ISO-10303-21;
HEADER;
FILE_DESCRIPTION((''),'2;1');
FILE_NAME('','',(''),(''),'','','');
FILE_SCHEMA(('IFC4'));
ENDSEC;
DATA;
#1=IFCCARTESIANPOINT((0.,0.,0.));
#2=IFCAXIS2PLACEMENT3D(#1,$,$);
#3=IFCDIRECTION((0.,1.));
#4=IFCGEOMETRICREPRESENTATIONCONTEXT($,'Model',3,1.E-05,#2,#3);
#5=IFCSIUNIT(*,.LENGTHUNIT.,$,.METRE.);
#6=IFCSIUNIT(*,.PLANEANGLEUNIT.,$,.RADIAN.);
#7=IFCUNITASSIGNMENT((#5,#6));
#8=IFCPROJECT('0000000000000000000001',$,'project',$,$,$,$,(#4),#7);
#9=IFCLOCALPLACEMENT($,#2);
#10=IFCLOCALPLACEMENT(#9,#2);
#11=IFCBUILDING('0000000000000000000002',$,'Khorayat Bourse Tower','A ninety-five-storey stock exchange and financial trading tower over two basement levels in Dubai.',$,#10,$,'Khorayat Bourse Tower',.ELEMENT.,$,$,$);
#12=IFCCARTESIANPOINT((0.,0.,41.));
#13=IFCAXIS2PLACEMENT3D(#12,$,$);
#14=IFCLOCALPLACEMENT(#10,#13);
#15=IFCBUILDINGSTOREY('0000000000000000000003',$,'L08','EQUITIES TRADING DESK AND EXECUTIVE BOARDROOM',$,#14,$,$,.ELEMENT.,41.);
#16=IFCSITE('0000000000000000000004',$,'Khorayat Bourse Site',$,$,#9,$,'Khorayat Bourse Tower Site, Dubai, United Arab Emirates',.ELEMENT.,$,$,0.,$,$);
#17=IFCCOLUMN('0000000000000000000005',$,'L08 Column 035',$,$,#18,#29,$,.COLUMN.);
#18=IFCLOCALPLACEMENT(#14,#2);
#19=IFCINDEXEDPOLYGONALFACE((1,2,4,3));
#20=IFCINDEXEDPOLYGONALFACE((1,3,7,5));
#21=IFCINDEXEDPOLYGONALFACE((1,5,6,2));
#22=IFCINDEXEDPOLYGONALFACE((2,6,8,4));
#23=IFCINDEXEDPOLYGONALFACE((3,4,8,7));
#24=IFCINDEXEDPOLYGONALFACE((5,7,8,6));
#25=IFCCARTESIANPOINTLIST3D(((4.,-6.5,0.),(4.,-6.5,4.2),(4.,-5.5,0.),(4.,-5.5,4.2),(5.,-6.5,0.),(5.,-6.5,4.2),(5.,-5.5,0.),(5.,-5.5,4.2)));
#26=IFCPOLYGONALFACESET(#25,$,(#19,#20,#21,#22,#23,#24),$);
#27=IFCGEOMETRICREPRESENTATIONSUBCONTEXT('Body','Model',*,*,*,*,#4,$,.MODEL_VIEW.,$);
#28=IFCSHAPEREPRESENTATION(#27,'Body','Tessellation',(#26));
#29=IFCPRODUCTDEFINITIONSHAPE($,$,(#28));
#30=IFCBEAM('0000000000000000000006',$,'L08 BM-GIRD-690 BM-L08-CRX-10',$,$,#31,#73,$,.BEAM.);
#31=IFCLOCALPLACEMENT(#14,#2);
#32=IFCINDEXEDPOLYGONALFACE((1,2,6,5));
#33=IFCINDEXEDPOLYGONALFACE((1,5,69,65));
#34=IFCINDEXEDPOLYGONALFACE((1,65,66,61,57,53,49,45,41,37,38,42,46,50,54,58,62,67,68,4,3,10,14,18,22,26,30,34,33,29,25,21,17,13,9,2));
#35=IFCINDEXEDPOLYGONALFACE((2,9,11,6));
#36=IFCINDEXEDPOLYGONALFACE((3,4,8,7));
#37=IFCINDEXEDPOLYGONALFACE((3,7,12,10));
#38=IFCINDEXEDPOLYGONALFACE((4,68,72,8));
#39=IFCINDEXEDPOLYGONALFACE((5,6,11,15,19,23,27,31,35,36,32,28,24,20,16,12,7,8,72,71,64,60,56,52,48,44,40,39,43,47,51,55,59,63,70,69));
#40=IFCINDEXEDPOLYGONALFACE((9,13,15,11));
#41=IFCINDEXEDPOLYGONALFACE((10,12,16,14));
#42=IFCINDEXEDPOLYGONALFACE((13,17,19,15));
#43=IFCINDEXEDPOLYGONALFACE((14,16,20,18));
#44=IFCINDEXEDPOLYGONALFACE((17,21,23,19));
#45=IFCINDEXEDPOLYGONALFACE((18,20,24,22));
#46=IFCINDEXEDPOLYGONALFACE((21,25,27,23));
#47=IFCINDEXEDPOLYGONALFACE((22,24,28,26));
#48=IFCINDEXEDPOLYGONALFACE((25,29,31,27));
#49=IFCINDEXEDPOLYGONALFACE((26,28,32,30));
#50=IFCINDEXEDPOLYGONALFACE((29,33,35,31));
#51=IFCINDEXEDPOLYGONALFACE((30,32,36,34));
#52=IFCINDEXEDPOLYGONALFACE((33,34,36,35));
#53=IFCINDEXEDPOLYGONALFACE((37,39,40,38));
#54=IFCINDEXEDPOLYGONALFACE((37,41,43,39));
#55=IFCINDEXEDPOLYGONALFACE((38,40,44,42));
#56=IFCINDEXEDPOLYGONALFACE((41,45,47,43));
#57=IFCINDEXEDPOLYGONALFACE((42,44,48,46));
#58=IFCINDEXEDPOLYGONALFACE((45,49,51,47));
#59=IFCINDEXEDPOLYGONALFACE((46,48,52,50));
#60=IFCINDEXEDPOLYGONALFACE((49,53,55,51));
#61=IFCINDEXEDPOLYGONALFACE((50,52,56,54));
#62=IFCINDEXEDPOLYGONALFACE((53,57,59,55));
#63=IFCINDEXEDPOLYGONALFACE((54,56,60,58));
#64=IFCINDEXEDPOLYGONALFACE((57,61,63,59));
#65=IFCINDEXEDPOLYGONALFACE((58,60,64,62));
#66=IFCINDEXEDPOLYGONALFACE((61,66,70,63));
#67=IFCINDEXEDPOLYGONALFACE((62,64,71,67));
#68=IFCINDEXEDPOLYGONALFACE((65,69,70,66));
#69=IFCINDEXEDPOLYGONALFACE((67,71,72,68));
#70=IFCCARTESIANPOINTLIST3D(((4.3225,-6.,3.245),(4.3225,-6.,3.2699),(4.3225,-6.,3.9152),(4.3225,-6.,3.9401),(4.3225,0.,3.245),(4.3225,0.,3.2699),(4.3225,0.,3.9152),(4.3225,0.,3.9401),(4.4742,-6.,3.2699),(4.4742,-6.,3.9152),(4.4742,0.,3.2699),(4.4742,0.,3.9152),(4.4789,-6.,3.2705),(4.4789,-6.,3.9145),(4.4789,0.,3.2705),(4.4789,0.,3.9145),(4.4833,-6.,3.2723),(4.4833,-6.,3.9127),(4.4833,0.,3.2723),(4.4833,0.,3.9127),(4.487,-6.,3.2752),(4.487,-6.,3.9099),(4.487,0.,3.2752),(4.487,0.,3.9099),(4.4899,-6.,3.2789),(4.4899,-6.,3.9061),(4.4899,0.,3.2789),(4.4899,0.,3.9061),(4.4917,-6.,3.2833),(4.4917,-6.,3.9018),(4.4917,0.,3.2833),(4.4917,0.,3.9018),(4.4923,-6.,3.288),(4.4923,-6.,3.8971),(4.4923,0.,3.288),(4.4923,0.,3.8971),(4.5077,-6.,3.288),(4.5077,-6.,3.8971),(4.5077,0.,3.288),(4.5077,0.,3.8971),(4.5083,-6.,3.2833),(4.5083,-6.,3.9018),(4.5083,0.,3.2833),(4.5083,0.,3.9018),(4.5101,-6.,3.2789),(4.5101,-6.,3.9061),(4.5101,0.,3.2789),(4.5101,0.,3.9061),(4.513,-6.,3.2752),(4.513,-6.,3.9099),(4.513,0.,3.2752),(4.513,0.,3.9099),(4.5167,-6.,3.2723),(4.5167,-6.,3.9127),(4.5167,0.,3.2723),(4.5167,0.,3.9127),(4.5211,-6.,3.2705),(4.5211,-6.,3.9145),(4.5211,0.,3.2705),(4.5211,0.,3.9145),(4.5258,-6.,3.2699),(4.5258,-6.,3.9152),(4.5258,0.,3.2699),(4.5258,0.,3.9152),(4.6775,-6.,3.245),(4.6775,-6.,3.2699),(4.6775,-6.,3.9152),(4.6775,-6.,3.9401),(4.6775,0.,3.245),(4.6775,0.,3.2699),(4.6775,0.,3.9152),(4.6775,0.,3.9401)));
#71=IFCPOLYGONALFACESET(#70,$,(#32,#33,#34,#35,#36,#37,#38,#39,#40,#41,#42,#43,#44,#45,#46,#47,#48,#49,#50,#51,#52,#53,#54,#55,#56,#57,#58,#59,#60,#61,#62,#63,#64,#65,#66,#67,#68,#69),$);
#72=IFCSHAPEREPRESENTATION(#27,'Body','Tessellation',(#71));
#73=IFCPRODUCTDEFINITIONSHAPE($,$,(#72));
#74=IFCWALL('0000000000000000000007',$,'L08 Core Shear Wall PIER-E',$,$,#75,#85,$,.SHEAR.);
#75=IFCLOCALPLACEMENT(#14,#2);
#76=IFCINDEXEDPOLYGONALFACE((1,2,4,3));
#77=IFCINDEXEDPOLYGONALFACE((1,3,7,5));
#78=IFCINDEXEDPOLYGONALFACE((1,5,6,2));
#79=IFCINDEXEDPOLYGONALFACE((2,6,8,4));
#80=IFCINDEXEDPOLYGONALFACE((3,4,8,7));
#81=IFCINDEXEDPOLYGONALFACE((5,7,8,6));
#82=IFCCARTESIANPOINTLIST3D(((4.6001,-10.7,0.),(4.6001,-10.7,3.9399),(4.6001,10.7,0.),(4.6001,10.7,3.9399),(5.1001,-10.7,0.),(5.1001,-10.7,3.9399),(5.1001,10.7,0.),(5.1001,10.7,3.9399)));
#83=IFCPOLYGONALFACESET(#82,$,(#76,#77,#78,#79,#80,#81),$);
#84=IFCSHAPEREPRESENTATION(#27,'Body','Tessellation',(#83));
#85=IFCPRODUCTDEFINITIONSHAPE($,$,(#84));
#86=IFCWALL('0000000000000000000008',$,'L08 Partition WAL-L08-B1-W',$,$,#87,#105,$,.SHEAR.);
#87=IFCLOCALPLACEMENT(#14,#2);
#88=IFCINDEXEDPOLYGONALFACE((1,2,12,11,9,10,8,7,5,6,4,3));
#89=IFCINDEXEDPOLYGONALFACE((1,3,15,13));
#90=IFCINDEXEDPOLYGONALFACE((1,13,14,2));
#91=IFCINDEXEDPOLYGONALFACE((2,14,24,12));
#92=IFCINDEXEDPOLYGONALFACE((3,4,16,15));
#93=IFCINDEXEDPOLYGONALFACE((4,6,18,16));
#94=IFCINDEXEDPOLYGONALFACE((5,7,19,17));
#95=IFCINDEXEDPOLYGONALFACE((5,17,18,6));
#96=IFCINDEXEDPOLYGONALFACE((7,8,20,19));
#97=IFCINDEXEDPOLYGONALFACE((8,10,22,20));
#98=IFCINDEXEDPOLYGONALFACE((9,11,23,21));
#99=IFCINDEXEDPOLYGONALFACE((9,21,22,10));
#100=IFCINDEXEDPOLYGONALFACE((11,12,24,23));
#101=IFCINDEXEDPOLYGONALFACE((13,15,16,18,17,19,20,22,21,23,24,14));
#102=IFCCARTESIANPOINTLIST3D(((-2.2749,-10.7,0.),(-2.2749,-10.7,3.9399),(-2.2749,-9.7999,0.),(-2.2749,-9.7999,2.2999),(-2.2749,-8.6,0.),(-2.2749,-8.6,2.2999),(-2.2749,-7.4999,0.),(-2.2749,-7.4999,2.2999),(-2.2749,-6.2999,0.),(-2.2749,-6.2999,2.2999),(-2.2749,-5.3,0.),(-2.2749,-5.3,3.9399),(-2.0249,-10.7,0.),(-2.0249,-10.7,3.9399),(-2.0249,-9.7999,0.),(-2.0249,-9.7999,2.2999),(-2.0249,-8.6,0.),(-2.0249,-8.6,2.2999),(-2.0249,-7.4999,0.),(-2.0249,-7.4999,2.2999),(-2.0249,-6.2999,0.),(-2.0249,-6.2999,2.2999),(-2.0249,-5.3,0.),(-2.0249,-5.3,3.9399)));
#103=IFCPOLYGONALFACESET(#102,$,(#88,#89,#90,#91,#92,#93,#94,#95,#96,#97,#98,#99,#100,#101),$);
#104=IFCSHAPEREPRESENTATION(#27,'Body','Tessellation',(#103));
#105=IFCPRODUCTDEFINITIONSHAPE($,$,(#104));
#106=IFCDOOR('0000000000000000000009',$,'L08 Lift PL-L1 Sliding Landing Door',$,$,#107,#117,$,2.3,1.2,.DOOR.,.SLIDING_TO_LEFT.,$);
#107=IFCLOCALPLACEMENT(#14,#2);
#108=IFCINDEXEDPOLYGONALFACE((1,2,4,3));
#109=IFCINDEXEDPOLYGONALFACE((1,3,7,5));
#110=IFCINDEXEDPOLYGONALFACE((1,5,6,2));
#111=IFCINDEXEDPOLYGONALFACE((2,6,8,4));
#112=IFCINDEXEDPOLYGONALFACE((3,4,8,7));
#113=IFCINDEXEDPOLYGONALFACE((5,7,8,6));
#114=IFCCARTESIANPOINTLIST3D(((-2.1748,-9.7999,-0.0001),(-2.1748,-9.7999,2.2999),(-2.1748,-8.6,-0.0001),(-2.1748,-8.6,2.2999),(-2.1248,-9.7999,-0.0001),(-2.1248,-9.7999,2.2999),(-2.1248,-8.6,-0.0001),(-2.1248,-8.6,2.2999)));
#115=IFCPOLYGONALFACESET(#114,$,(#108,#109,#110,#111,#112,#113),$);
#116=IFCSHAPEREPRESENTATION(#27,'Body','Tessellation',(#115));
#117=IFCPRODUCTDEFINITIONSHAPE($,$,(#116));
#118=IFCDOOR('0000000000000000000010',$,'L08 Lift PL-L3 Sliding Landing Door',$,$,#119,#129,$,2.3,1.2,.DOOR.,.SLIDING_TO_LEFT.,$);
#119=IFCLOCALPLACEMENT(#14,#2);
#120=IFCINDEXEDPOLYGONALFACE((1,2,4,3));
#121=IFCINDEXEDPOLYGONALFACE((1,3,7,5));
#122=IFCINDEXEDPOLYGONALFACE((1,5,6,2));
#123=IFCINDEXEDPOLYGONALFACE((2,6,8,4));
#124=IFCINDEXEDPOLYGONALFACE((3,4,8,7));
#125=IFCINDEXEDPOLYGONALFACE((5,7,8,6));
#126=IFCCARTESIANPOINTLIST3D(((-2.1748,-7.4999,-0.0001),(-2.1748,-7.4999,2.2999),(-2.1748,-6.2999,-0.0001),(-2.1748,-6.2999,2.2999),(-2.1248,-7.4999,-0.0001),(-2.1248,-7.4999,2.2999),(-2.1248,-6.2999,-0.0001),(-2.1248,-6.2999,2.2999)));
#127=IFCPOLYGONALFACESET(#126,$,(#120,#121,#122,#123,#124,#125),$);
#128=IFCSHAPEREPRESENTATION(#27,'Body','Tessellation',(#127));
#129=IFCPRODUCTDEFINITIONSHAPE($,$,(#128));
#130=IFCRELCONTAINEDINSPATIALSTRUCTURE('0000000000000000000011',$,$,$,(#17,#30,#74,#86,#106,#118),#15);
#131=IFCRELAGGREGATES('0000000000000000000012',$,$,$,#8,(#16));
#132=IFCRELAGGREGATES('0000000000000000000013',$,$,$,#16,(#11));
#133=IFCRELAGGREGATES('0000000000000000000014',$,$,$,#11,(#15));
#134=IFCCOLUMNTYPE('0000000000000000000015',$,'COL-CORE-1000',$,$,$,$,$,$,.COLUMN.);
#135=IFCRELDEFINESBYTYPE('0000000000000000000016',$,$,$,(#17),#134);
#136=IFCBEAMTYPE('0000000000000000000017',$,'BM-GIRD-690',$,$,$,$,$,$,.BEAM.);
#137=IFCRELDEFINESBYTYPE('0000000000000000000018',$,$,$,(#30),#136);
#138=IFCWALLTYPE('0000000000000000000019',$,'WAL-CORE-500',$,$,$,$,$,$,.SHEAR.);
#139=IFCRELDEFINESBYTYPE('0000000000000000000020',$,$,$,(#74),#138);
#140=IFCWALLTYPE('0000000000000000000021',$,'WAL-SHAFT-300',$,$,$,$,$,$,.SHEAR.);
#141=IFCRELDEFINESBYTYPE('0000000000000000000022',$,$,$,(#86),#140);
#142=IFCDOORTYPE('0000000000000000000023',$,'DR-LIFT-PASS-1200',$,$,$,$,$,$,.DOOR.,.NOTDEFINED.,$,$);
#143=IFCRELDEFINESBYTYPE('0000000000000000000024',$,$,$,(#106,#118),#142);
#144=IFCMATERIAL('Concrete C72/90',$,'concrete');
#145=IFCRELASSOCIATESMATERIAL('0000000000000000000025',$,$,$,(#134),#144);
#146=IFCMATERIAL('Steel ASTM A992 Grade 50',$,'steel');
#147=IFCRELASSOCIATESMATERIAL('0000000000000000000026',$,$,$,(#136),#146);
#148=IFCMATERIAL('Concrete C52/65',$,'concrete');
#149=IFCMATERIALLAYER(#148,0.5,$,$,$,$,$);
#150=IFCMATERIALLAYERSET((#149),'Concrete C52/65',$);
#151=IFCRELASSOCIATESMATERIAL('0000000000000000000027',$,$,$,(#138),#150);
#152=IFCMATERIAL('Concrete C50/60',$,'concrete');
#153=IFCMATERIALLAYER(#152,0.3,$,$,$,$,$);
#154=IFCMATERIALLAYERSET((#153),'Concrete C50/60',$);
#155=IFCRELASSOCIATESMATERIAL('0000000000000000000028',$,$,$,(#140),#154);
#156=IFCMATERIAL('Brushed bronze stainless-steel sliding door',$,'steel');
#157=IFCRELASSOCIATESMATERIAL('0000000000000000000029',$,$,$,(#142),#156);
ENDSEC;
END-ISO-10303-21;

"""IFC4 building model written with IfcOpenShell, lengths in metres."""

from ifc_helpers import new_model, si_unit, direction, frame, frame_2d, origin, origin_2d, place, context, subcontext, project, spatial, rectangle, i_section, extrude, source, transform, mapped, material, layer, layer_set, material_profile, profile_set, type_object, element, fill, save


model = new_model("IFC4")

# Units and contexts
model_context = context("Model", 3, precision=1e-05, world=origin(), true_north=direction((0.0, 1.0)))
body_context = subcontext(model_context, "Body", "Model", "MODEL_VIEW")
ifc_project = project(units=[si_unit("LENGTHUNIT", "METRE"), si_unit("PLANEANGLEUNIT", "RADIAN")], contexts=[model_context])

# Site, building, storey
site_placement = place(None, origin())
site = spatial("IfcSite", under=ifc_project, at=site_placement, Name="Khorayat Bourse Site", LongName="Khorayat Bourse Tower Site, Dubai, United Arab Emirates", CompositionType="ELEMENT", RefElevation=0.0)
building_placement = place(site_placement, origin())
building = spatial("IfcBuilding", under=site, at=building_placement, Name="Khorayat Bourse Tower", Description="A ninety-five-storey stock exchange and financial trading tower over two basement levels in Dubai.", LongName="Khorayat Bourse Tower", CompositionType="ELEMENT")
storey_placement = place(building_placement, frame((0.0, 0.0, 41.0)))
storey = spatial("IfcBuildingStorey", under=building, at=storey_placement, Name="L08", Description="EQUITIES TRADING DESK AND EXECUTIVE BOARDROOM", CompositionType="ELEMENT", Elevation=41.0)

# Column
ifc_material_1 = material(Name="Concrete C72/90", Category="concrete")
ifc_material_profile_1 = material_profile(ifc_material_1, rectangle(XDim=1.0, YDim=1.0, at=origin_2d()), Name="RC 1000x1000")
ifc_profile_set_1 = profile_set([ifc_material_profile_1], Name="Concrete C72/90")
column_type = type_object("IfcColumnType", Name="COL-CORE-1000", PredefinedType="COLUMN", material=ifc_profile_set_1)
shared_shape_1 = source(origin(), body_context, "Body", "SweptSolid", [
    extrude(rectangle(XDim=1.0, YDim=1.0, at=origin_2d()), origin(), (0.0, 0.0, 1.0), 4.2),
])
column_placement = place(storey_placement, frame((4.5, -6.0, 0.0), z_axis=(0.0, 0.0, 1.0), x_axis=(1.0, 0.0, 0.0)))
element("IfcColumn", 1, at=column_placement, inside=storey, type_object=column_type, Name="L08 Column 035", PredefinedType="COLUMN", context=body_context, shape_type="MappedRepresentation", body=[
    mapped(shared_shape_1, transform((0.0, 0.0, 0.0), scale=1.0)),
])

# Beam
ifc_material_2 = material(Name="Steel ASTM A992 Grade 50", Category="steel")
ifc_material_profile_2 = material_profile(ifc_material_2, i_section(OverallWidth=0.355, OverallDepth=0.6951, WebThickness=0.0154, FlangeThickness=0.0249, FilletRadius=0.0181, at=origin_2d()), Name="W690X217")
ifc_profile_set_2 = profile_set([ifc_material_profile_2], Name="Steel ASTM A992 Grade 50")
beam_type = type_object("IfcBeamType", Name="BM-GIRD-690", PredefinedType="BEAM", material=ifc_profile_set_2)
shared_shape_2 = source(origin(), body_context, "Body", "SweptSolid", [
    extrude(i_section(OverallWidth=0.355, OverallDepth=0.6951, WebThickness=0.0154, FlangeThickness=0.0249, FilletRadius=0.0181, at=origin_2d()), origin(), (0.0, 0.0, 1.0), 6.0),
])
beam_placement = place(storey_placement, frame((4.5, -6.0, 3.5925), z_axis=(0.0, 1.0, 0.0), x_axis=(-1.0, 0.0, 0.0)))
element("IfcBeam", 2, at=beam_placement, inside=storey, type_object=beam_type, Name="L08 BM-GIRD-690 BM-L08-CRX-10", PredefinedType="BEAM", context=body_context, shape_type="MappedRepresentation", body=[
    mapped(shared_shape_2, transform((0.0, 0.0, 0.0), scale=1.0)),
])

# Wall
ifc_material_3 = material(Name="Concrete C52/65", Category="concrete")
ifc_layer_1 = layer(ifc_material_3, 0.5)
ifc_layer_set_1 = layer_set([ifc_layer_1], Name="Concrete C52/65")
wall_type_1 = type_object("IfcWallType", Name="WAL-CORE-500", PredefinedType="SHEAR", material=ifc_layer_set_1)
shared_shape_3 = source(origin(), body_context, "Body", "SweptSolid", [
    extrude(rectangle(XDim=21.3999, YDim=0.5, at=frame_2d((10.7, 0.0))), origin(), (0.0, 0.0, 1.0), 3.9399),
])
wall_1_placement = place(storey_placement, frame((4.8501, -10.7, 0.0), z_axis=(0.0, 0.0, 1.0), x_axis=(0.0, 1.0, 0.0)))
element("IfcWall", 3, at=wall_1_placement, inside=storey, type_object=wall_type_1, Name="L08 Core Shear Wall PIER-E", PredefinedType="SHEAR", context=body_context, shape_type="MappedRepresentation", body=[
    mapped(shared_shape_3, transform((0.0, 0.0, 0.0), scale=1.0)),
])

# Wall, openings, doors
ifc_material_4 = material(Name="Concrete C50/60", Category="concrete")
ifc_layer_2 = layer(ifc_material_4, 0.3)
ifc_layer_set_2 = layer_set([ifc_layer_2], Name="Concrete C50/60")
wall_type_2 = type_object("IfcWallType", Name="WAL-SHAFT-300", PredefinedType="SHEAR", material=ifc_layer_set_2)
shared_shape_4 = source(origin(), body_context, "Body", "SweptSolid", [
    extrude(rectangle(XDim=5.3999, YDim=0.25, at=frame_2d((2.7, 0.0))), origin(), (0.0, 0.0, 1.0), 3.9399),
])
wall_2_placement = place(storey_placement, frame((-2.1499, -10.7, 0.0), z_axis=(0.0, 0.0, 1.0), x_axis=(0.0, 1.0, 0.0)))
wall_2 = element("IfcWall", 4, at=wall_2_placement, inside=storey, type_object=wall_type_2, Name="L08 Partition WAL-L08-B1-W", PredefinedType="SHEAR", context=body_context, shape_type="MappedRepresentation", body=[
    mapped(shared_shape_4, transform((0.0, 0.0, 0.0), scale=1.0)),
])
shared_shape_5 = source(origin(), body_context, "Body", "SweptSolid", [
    extrude(rectangle(XDim=1.2, YDim=2.3, at=frame_2d((0.6001, 1.1499))), frame((0.0, 0.135, 0.0), z_axis=(0.0, -1.0, 0.0), x_axis=(1.0, 0.0, 0.0)), (0.0, 0.0, 1.0), 0.27),
])
opening_1_placement = place(wall_2_placement, frame((0.8999, 0.0, 0.0)))
opening_1 = element("IfcOpeningElement", 5, at=opening_1_placement, cuts=wall_2, PredefinedType="OPENING", context=body_context, shape_type="MappedRepresentation", body=[
    mapped(shared_shape_5, transform((0.0, 0.0, 0.0), scale=1.0)),
])
opening_2_placement = place(wall_2_placement, frame((3.2, 0.0, 0.0)))
opening_2 = element("IfcOpeningElement", 6, at=opening_2_placement, cuts=wall_2, PredefinedType="OPENING", context=body_context, shape_type="MappedRepresentation", body=[
    mapped(shared_shape_5, transform((0.0, 0.0, 0.0), scale=1.0)),
])
ifc_material_5 = material(Name="Brushed bronze stainless-steel sliding door", Category="steel")
door_type_1 = type_object("IfcDoorType", Name="DR-LIFT-PASS-1200", OperationType="NOTDEFINED", PredefinedType="DOOR", material=ifc_material_5)
shared_shape_6 = source(origin(), body_context, "Body", "SweptSolid", [
    extrude(rectangle(XDim=1.2, YDim=2.3, at=frame_2d((0.6001, 1.1499))), frame((0.0, 0.0249, 0.0), z_axis=(0.0, -1.0, 0.0), x_axis=(1.0, 0.0, 0.0)), (0.0, 0.0, 1.0), 0.05),
])
door_1_placement = place(opening_1_placement, origin())
door_1 = element("IfcDoor", 7, at=door_1_placement, inside=storey, type_object=door_type_1, Name="L08 Lift PL-L1 Sliding Landing Door", OperationType="SLIDING_TO_LEFT", OverallHeight=2.3, OverallWidth=1.2, PredefinedType="DOOR", context=body_context, shape_type="MappedRepresentation", body=[
    mapped(shared_shape_6, transform((0.0, 0.0, 0.0), scale=1.0)),
])
fill(opening_1, door_1)
door_2_placement = place(opening_2_placement, origin())
door_2 = element("IfcDoor", 8, at=door_2_placement, inside=storey, type_object=door_type_1, Name="L08 Lift PL-L3 Sliding Landing Door", OperationType="SLIDING_TO_LEFT", OverallHeight=2.3, OverallWidth=1.2, PredefinedType="DOOR", context=body_context, shape_type="MappedRepresentation", body=[
    mapped(shared_shape_6, transform((0.0, 0.0, 0.0), scale=1.0)),
])
fill(opening_2, door_2)

save(model, "model.ifc")
